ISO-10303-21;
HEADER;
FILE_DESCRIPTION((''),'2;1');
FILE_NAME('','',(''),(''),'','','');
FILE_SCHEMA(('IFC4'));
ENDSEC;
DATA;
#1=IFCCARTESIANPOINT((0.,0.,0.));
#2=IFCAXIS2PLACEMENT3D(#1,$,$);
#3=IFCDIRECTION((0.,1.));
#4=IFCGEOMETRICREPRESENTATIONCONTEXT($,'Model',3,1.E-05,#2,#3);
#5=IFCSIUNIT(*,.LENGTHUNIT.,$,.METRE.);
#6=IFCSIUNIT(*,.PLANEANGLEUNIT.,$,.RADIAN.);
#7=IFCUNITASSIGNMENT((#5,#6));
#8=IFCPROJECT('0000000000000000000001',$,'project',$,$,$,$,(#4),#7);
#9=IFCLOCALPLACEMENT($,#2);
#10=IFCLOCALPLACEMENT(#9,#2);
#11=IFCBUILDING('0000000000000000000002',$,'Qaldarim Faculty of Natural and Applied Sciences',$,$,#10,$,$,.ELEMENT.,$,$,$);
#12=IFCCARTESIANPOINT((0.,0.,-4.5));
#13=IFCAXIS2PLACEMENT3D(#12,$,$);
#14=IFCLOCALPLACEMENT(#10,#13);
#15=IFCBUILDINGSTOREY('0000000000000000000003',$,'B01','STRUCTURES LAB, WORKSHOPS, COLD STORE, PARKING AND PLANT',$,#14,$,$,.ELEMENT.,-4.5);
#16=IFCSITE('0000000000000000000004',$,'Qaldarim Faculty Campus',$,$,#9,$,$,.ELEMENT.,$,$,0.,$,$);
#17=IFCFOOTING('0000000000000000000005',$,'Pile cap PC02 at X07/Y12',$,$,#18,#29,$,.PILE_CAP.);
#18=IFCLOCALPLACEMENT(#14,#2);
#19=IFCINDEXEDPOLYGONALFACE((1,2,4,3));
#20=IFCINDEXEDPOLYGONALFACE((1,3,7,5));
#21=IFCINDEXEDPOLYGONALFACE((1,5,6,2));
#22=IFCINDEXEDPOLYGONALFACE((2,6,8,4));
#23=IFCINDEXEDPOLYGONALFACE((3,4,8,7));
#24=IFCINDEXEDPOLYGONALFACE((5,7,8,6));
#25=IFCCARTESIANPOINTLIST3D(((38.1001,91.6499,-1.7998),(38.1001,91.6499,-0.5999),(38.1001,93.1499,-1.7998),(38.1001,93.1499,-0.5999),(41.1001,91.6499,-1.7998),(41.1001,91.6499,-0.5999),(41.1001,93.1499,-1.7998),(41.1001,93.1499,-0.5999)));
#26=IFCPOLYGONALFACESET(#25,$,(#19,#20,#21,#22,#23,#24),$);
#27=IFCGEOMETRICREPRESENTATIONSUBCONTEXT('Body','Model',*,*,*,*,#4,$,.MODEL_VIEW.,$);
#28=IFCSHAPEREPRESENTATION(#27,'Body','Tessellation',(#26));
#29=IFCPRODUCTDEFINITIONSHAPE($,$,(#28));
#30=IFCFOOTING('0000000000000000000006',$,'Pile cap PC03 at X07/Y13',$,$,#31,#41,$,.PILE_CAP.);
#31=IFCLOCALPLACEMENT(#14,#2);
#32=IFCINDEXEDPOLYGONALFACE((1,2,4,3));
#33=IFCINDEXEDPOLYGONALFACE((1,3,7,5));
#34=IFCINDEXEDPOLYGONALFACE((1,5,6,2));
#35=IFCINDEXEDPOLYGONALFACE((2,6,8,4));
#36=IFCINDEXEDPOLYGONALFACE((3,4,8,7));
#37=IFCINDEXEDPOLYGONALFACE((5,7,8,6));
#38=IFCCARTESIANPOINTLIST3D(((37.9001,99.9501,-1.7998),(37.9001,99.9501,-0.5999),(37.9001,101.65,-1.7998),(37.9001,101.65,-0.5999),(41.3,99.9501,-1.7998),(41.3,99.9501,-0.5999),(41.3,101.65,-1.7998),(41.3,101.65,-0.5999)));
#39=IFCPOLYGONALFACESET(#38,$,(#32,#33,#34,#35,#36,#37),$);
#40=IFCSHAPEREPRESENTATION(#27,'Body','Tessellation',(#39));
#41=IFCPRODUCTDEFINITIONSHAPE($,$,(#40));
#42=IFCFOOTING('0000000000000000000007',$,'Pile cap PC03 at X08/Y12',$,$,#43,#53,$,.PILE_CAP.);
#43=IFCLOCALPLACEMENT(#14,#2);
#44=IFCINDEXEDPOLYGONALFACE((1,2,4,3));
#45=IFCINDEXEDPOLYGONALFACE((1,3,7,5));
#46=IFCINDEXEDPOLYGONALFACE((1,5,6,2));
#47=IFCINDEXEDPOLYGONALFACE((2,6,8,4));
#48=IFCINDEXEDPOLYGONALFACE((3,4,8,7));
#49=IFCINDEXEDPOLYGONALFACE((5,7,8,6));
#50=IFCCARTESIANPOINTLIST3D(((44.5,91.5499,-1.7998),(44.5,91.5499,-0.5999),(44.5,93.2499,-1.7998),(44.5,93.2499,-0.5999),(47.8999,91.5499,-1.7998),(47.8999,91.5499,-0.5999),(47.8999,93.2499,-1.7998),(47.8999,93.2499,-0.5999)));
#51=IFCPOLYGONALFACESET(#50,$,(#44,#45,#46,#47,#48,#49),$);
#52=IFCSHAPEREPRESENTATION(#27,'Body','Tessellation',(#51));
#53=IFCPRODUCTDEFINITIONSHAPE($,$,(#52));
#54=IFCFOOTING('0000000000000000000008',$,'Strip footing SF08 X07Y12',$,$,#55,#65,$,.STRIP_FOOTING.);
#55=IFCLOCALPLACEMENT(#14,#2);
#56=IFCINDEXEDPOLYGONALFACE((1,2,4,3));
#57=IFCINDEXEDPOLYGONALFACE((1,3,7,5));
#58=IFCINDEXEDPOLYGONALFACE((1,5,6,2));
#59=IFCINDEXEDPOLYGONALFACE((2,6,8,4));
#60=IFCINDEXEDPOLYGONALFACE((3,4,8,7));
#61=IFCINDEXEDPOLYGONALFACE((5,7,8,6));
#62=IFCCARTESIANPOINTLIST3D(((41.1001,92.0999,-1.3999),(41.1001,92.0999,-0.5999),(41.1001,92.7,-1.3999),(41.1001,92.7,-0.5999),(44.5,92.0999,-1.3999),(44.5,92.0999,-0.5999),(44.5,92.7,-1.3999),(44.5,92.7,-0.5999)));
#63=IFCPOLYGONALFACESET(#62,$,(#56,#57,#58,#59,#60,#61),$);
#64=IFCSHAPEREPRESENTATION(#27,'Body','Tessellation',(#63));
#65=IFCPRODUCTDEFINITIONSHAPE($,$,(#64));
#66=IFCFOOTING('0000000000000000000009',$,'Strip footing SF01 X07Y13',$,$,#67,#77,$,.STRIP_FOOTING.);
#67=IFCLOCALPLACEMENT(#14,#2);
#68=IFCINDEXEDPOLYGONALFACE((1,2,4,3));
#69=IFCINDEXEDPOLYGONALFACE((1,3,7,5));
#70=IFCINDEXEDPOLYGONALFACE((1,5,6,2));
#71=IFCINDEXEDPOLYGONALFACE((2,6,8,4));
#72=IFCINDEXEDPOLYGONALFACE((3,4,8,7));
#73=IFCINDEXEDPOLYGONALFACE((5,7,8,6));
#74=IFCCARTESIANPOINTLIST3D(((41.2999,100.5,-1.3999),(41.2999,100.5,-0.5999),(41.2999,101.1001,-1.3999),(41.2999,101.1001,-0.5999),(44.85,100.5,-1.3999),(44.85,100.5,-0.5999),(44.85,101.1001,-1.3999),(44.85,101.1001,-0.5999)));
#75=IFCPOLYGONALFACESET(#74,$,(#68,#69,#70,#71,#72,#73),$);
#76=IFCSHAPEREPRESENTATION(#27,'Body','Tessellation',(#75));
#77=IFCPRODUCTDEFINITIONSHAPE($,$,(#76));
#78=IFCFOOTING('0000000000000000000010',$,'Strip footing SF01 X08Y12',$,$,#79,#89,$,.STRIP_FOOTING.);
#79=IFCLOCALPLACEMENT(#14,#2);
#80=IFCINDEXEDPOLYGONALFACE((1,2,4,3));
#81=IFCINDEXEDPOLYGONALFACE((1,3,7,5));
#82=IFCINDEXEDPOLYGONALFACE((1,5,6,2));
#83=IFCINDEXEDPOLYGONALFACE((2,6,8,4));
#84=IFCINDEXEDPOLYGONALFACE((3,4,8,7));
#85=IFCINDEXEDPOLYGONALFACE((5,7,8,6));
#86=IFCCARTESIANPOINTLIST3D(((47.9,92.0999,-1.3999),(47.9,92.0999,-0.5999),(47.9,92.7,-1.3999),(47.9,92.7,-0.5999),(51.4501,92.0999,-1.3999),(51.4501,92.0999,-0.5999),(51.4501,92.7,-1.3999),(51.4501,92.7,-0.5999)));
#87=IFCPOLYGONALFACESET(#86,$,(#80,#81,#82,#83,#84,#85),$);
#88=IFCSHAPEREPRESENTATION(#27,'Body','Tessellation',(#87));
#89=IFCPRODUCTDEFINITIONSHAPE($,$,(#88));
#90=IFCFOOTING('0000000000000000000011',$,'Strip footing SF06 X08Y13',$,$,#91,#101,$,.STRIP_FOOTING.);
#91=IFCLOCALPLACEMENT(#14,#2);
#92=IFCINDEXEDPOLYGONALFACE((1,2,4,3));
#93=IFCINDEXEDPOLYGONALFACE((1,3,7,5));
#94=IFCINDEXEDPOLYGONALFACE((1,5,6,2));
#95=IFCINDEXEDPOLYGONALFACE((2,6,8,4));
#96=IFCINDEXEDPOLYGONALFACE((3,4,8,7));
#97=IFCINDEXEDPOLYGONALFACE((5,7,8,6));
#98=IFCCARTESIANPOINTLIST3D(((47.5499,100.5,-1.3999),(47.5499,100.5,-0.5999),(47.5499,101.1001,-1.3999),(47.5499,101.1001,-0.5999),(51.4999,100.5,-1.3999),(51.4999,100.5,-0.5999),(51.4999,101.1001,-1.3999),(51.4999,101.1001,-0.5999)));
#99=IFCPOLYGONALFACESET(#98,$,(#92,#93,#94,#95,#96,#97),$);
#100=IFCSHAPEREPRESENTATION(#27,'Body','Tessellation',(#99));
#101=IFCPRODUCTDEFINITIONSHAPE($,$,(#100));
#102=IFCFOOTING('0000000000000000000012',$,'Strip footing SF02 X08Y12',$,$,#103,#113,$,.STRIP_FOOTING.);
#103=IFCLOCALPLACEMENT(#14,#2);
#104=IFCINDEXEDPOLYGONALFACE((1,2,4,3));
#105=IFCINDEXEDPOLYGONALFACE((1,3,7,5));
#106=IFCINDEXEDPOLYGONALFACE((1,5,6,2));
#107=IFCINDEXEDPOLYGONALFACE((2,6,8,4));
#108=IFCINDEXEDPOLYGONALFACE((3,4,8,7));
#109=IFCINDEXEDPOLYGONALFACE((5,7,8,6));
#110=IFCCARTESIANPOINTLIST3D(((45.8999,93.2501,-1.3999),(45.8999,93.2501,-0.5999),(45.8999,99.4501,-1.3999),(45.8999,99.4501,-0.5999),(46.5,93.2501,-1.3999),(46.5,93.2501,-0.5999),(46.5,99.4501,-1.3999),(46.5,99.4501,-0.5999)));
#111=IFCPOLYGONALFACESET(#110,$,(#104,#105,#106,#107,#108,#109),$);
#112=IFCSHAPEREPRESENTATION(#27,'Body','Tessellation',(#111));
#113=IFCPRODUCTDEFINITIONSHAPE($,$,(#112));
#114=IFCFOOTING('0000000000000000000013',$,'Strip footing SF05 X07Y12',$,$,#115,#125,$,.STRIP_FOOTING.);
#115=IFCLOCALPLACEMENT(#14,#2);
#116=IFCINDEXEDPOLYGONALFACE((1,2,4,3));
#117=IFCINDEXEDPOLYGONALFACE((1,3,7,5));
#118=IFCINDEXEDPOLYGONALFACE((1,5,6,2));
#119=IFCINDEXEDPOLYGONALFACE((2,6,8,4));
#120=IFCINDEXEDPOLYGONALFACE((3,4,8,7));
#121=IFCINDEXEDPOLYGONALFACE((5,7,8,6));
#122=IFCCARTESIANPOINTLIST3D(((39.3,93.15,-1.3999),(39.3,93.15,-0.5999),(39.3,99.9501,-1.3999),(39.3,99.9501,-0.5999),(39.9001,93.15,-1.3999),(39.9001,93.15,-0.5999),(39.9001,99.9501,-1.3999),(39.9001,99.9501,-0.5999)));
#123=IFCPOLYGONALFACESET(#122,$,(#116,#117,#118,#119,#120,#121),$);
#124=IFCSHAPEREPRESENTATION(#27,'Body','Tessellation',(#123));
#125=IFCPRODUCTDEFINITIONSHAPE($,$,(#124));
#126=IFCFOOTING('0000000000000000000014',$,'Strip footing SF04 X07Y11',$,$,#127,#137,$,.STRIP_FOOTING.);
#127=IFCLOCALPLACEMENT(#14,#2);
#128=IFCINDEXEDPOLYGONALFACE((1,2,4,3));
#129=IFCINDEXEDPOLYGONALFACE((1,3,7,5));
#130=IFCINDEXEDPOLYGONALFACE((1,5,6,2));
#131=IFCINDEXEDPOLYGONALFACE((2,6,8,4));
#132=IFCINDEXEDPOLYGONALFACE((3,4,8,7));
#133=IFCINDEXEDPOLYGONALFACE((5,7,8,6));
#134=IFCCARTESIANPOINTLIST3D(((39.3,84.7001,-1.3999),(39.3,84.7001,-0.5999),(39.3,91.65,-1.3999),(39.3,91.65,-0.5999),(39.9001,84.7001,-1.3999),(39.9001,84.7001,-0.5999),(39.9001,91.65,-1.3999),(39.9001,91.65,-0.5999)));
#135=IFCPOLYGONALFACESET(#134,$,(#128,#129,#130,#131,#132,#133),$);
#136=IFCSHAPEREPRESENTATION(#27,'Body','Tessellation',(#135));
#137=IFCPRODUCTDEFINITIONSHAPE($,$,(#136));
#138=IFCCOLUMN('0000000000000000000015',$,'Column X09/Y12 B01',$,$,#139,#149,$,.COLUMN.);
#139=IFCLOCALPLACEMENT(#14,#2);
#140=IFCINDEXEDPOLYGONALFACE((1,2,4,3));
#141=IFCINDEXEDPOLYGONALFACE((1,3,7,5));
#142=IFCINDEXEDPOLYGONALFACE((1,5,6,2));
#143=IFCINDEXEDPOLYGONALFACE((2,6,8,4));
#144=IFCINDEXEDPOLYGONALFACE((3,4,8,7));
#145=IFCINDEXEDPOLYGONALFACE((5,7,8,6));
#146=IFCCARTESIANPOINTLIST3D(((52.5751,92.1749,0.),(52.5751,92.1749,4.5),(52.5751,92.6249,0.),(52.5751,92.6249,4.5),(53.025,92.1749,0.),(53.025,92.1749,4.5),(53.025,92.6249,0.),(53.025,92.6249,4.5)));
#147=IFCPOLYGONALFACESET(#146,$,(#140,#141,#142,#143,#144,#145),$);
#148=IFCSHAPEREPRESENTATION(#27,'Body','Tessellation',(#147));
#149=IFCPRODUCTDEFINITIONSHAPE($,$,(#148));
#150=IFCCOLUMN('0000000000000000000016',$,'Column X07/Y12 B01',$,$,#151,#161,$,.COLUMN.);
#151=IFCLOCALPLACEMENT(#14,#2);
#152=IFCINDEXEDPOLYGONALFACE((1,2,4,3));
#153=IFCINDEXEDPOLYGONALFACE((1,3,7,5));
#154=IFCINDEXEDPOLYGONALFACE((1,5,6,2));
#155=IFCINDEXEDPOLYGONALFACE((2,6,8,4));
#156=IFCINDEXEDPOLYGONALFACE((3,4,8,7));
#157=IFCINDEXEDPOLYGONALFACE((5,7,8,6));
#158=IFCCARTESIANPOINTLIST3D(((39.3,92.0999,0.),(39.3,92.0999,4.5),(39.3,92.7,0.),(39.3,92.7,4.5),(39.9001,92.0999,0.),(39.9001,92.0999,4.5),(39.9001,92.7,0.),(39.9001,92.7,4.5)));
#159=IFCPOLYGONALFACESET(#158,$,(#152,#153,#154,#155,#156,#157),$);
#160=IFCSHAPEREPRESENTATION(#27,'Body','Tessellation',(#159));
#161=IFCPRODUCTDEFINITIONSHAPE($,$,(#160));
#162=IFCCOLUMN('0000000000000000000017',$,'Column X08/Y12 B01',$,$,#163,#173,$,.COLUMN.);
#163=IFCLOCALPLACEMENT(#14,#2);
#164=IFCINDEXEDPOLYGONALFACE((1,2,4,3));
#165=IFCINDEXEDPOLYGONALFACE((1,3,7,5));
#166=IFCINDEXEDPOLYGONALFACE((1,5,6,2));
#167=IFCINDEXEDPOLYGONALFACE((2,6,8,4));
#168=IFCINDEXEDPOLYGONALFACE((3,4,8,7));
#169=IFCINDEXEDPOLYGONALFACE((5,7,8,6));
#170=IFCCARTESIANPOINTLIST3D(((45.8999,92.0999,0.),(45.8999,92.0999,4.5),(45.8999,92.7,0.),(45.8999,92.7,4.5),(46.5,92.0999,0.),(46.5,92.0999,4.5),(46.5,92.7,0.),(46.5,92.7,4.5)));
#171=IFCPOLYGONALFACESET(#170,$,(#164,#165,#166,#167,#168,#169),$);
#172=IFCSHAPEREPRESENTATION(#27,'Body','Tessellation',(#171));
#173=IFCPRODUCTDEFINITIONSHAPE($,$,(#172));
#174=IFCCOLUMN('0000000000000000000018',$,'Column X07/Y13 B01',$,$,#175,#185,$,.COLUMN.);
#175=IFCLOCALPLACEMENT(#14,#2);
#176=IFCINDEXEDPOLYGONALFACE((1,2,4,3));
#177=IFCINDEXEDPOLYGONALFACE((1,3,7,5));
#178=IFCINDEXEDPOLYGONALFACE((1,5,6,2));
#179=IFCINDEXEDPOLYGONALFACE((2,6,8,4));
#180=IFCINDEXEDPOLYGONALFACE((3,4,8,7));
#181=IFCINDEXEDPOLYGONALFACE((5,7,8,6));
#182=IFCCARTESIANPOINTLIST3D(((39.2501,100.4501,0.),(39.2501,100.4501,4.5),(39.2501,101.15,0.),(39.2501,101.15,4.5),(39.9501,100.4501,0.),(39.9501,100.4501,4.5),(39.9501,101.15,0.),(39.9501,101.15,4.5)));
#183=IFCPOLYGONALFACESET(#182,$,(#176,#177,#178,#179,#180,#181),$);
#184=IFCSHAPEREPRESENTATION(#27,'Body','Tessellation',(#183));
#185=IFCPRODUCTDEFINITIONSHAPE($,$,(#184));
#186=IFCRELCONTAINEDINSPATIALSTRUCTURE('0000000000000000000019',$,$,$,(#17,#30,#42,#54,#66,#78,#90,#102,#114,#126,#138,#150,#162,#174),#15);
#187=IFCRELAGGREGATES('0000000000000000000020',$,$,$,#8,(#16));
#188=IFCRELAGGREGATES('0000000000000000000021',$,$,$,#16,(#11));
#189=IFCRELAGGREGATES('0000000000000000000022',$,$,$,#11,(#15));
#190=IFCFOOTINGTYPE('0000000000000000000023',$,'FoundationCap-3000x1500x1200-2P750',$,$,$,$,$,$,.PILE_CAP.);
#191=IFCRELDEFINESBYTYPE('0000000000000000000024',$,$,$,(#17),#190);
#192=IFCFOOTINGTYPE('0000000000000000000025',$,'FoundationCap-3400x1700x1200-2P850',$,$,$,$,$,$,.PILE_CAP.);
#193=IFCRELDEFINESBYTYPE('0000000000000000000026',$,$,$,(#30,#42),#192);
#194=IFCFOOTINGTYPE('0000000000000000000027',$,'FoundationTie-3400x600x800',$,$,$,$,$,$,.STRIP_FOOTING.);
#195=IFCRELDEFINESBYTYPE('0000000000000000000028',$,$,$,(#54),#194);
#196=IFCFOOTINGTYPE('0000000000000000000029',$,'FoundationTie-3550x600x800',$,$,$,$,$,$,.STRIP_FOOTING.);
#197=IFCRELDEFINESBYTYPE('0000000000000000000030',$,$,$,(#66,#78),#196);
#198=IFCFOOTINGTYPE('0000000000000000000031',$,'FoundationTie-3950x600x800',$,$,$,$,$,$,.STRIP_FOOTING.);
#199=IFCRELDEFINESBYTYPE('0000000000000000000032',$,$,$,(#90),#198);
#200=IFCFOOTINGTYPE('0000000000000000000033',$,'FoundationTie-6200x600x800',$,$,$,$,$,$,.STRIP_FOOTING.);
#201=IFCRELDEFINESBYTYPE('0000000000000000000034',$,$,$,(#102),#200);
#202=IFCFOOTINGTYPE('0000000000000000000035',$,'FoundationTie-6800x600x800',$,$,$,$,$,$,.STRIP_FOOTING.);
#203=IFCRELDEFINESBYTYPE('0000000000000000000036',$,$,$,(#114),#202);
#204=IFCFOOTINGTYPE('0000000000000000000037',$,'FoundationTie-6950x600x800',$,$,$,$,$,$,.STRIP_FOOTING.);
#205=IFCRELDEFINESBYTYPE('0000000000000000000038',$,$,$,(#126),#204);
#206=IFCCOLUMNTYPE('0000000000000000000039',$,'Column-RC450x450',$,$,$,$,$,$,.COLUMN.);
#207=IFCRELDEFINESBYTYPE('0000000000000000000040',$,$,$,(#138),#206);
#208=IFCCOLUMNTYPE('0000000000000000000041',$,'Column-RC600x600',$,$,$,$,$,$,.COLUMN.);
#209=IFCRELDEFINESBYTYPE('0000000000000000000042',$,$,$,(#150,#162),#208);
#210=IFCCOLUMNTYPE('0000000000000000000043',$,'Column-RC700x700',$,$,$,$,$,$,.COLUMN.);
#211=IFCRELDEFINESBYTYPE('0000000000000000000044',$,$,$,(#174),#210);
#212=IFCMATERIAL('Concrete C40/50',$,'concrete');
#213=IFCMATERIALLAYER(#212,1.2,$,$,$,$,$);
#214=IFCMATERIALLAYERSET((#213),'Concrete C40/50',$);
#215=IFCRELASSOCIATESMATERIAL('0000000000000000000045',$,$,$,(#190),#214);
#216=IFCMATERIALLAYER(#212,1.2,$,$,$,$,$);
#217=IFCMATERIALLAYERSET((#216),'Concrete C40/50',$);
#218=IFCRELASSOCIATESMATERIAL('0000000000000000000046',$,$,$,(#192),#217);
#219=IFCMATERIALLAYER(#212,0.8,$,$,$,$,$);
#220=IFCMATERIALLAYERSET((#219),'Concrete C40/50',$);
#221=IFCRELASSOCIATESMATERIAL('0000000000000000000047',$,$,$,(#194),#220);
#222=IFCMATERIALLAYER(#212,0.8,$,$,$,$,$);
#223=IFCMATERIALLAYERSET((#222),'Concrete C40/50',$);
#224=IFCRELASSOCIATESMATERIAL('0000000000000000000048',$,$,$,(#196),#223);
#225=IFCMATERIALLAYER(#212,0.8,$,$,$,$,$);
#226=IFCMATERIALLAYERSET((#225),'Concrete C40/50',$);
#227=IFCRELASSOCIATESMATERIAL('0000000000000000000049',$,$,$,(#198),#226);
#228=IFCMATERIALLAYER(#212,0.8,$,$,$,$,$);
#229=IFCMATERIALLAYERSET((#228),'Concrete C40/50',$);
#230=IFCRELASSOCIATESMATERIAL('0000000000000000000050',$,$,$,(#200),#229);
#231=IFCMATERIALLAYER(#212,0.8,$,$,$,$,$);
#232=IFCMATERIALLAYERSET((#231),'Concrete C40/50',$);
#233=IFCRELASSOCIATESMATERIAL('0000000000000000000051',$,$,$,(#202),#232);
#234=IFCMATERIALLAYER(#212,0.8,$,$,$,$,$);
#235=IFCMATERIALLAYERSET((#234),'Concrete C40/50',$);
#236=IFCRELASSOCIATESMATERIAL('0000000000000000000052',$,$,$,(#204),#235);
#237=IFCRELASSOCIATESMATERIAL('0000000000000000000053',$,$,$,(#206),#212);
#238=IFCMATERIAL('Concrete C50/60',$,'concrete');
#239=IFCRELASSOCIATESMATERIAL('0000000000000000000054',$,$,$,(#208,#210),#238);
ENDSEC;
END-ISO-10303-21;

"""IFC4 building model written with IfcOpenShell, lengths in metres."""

from ifc_helpers import new_model, si_unit, direction, frame, origin, origin_2d, place, context, subcontext, project, spatial, rectangle, extrude, material, layer, layer_set, material_profile, profile_set, type_object, element, save


model = new_model("IFC4")

# Units and contexts
model_context = context("Model", 3, precision=1e-05, world=origin(), true_north=direction((0.0, 1.0)))
body_context = subcontext(model_context, "Body", "Model", "MODEL_VIEW")
ifc_project = project(units=[si_unit("LENGTHUNIT", "METRE"), si_unit("PLANEANGLEUNIT", "RADIAN")], contexts=[model_context])

# Site, building, storey
site_placement = place(None, origin())
site = spatial("IfcSite", under=ifc_project, at=site_placement, Name="Qaldarim Faculty Campus", CompositionType="ELEMENT", RefElevation=0.0)
building_placement = place(site_placement, origin())
building = spatial("IfcBuilding", under=site, at=building_placement, Name="Qaldarim Faculty of Natural and Applied Sciences", CompositionType="ELEMENT")
storey_placement = place(building_placement, frame((0.0, 0.0, -4.5)))
storey = spatial("IfcBuildingStorey", under=building, at=storey_placement, Name="B01", Description="STRUCTURES LAB, WORKSHOPS, COLD STORE, PARKING AND PLANT", CompositionType="ELEMENT", Elevation=-4.5)

# Shared definitions
ifc_material_1 = material(Name="Concrete C40/50", Category="concrete")

# Footings
ifc_layer_1 = layer(ifc_material_1, 1.2)
ifc_layer_set_1 = layer_set([ifc_layer_1], Name="Concrete C40/50")
footing_type_1 = type_object("IfcFootingType", Name="FoundationCap-3000x1500x1200-2P750", PredefinedType="PILE_CAP", material=ifc_layer_set_1)
footing_1_placement = place(storey_placement, frame((39.6001, 92.3999, -1.7998), z_axis=(0.0, 0.0, 1.0), x_axis=(1.0, 0.0, 0.0)))
element("IfcFooting", 1, at=footing_1_placement, inside=storey, type_object=footing_type_1, Name="Pile cap PC02 at X07/Y12", PredefinedType="PILE_CAP", context=body_context, shape_type="SweptSolid", body=[
    extrude(rectangle(XDim=3.0, YDim=1.5, at=origin_2d()), origin(), (0.0, 0.0, 1.0), 1.2),
])
ifc_layer_2 = layer(ifc_material_1, 1.2)
ifc_layer_set_2 = layer_set([ifc_layer_2], Name="Concrete C40/50")
footing_type_2 = type_object("IfcFootingType", Name="FoundationCap-3400x1700x1200-2P850", PredefinedType="PILE_CAP", material=ifc_layer_set_2)
for number, where, z_axis, x_axis, name in (
    (2, (39.6001, 100.8, -1.7998), (0.0, 0.0, 1.0), (1.0, 0.0, 0.0), "Pile cap PC03 at X07/Y13"),
    (3, (46.2, 92.3999, -1.7998), (0.0, 0.0, 1.0), (1.0, 0.0, 0.0), "Pile cap PC03 at X08/Y12"),
):
    element("IfcFooting", number, at=place(storey_placement, frame(where, z_axis=z_axis, x_axis=x_axis)), inside=storey, type_object=footing_type_2, Name=name, PredefinedType="PILE_CAP", context=body_context, shape_type="SweptSolid", body=[
        extrude(rectangle(XDim=3.3999, YDim=1.7, at=origin_2d()), origin(), (0.0, 0.0, 1.0), 1.2),
    ])
ifc_layer_3 = layer(ifc_material_1, 0.8)
ifc_layer_set_3 = layer_set([ifc_layer_3], Name="Concrete C40/50")
footing_type_3 = type_object("IfcFootingType", Name="FoundationTie-3400x600x800", PredefinedType="STRIP_FOOTING", material=ifc_layer_set_3)
footing_2_placement = place(storey_placement, frame((42.8, 92.3999, -1.3999), z_axis=(0.0, 0.0, 1.0), x_axis=(1.0, 0.0, 0.0)))
element("IfcFooting", 4, at=footing_2_placement, inside=storey, type_object=footing_type_3, Name="Strip footing SF08 X07Y12", PredefinedType="STRIP_FOOTING", context=body_context, shape_type="SweptSolid", body=[
    extrude(rectangle(XDim=3.3999, YDim=0.6001, at=origin_2d()), origin(), (0.0, 0.0, 1.0), 0.8),
])
ifc_layer_4 = layer(ifc_material_1, 0.8)
ifc_layer_set_4 = layer_set([ifc_layer_4], Name="Concrete C40/50")
footing_type_4 = type_object("IfcFootingType", Name="FoundationTie-3550x600x800", PredefinedType="STRIP_FOOTING", material=ifc_layer_set_4)
for number, where, z_axis, x_axis, name in (
    (5, (43.075, 100.8, -1.3999), (0.0, 0.0, 1.0), (1.0, 0.0, 0.0), "Strip footing SF01 X07Y13"),
    (6, (49.675, 92.3999, -1.3999), (0.0, 0.0, 1.0), (1.0, 0.0, 0.0), "Strip footing SF01 X08Y12"),
):
    element("IfcFooting", number, at=place(storey_placement, frame(where, z_axis=z_axis, x_axis=x_axis)), inside=storey, type_object=footing_type_4, Name=name, PredefinedType="STRIP_FOOTING", context=body_context, shape_type="SweptSolid", body=[
        extrude(rectangle(XDim=3.55, YDim=0.6001, at=origin_2d()), origin(), (0.0, 0.0, 1.0), 0.8),
    ])
ifc_layer_5 = layer(ifc_material_1, 0.8)
ifc_layer_set_5 = layer_set([ifc_layer_5], Name="Concrete C40/50")
footing_type_5 = type_object("IfcFootingType", Name="FoundationTie-3950x600x800", PredefinedType="STRIP_FOOTING", material=ifc_layer_set_5)
footing_3_placement = place(storey_placement, frame((49.5249, 100.8, -1.3999), z_axis=(0.0, 0.0, 1.0), x_axis=(1.0, 0.0, 0.0)))
element("IfcFooting", 7, at=footing_3_placement, inside=storey, type_object=footing_type_5, Name="Strip footing SF06 X08Y13", PredefinedType="STRIP_FOOTING", context=body_context, shape_type="SweptSolid", body=[
    extrude(rectangle(XDim=3.95, YDim=0.6001, at=origin_2d()), origin(), (0.0, 0.0, 1.0), 0.8),
])
ifc_layer_6 = layer(ifc_material_1, 0.8)
ifc_layer_set_6 = layer_set([ifc_layer_6], Name="Concrete C40/50")
footing_type_6 = type_object("IfcFootingType", Name="FoundationTie-6200x600x800", PredefinedType="STRIP_FOOTING", material=ifc_layer_set_6)
footing_4_placement = place(storey_placement, frame((46.2, 96.3501, -1.3999), z_axis=(0.0, 0.0, 1.0), x_axis=(0.0, 1.0, 0.0)))
element("IfcFooting", 8, at=footing_4_placement, inside=storey, type_object=footing_type_6, Name="Strip footing SF02 X08Y12", PredefinedType="STRIP_FOOTING", context=body_context, shape_type="SweptSolid", body=[
    extrude(rectangle(XDim=6.2, YDim=0.6001, at=origin_2d()), origin(), (0.0, 0.0, 1.0), 0.8),
])
ifc_layer_7 = layer(ifc_material_1, 0.8)
ifc_layer_set_7 = layer_set([ifc_layer_7], Name="Concrete C40/50")
footing_type_7 = type_object("IfcFootingType", Name="FoundationTie-6800x600x800", PredefinedType="STRIP_FOOTING", material=ifc_layer_set_7)
footing_5_placement = place(storey_placement, frame((39.6001, 96.55, -1.3999), z_axis=(0.0, 0.0, 1.0), x_axis=(0.0, 1.0, 0.0)))
element("IfcFooting", 9, at=footing_5_placement, inside=storey, type_object=footing_type_7, Name="Strip footing SF05 X07Y12", PredefinedType="STRIP_FOOTING", context=body_context, shape_type="SweptSolid", body=[
    extrude(rectangle(XDim=6.8, YDim=0.6001, at=origin_2d()), origin(), (0.0, 0.0, 1.0), 0.8),
])
ifc_layer_8 = layer(ifc_material_1, 0.8)
ifc_layer_set_8 = layer_set([ifc_layer_8], Name="Concrete C40/50")
footing_type_8 = type_object("IfcFootingType", Name="FoundationTie-6950x600x800", PredefinedType="STRIP_FOOTING", material=ifc_layer_set_8)
footing_6_placement = place(storey_placement, frame((39.6001, 88.175, -1.3999), z_axis=(0.0, 0.0, 1.0), x_axis=(0.0, 1.0, 0.0)))
element("IfcFooting", 10, at=footing_6_placement, inside=storey, type_object=footing_type_8, Name="Strip footing SF04 X07Y11", PredefinedType="STRIP_FOOTING", context=body_context, shape_type="SweptSolid", body=[
    extrude(rectangle(XDim=6.95, YDim=0.6001, at=origin_2d()), origin(), (0.0, 0.0, 1.0), 0.8),
])

# Columns
ifc_material_profile_1 = material_profile(ifc_material_1, rectangle(XDim=0.45, YDim=0.45, at=origin_2d()), Name="RC-C450x450")
ifc_profile_set_1 = profile_set([ifc_material_profile_1], Name="Concrete C40/50")
column_type_1 = type_object("IfcColumnType", Name="Column-RC450x450", PredefinedType="COLUMN", material=ifc_profile_set_1)
column_placement = place(storey_placement, frame((52.8, 92.3999, 0.0), z_axis=(0.0, 0.0, 1.0), x_axis=(1.0, 0.0, 0.0)))
element("IfcColumn", 11, at=column_placement, inside=storey, type_object=column_type_1, Name="Column X09/Y12 B01", PredefinedType="COLUMN", context=body_context, shape_type="SweptSolid", body=[
    extrude(rectangle(XDim=0.45, YDim=0.45, at=origin_2d()), origin(), (0.0, 0.0, 1.0), 4.5),
])
ifc_material_2 = material(Name="Concrete C50/60", Category="concrete")
ifc_material_profile_2 = material_profile(ifc_material_2, rectangle(XDim=0.6001, YDim=0.6001, at=origin_2d()), Name="RC-C600x600")
ifc_profile_set_2 = profile_set([ifc_material_profile_2], Name="Concrete C50/60")
column_type_2 = type_object("IfcColumnType", Name="Column-RC600x600", PredefinedType="COLUMN", material=ifc_profile_set_2)
for number, where, z_axis, x_axis, name in (
    (12, (39.6001, 92.3999, 0.0), (0.0, 0.0, 1.0), (1.0, 0.0, 0.0), "Column X07/Y12 B01"),
    (13, (46.2, 92.3999, 0.0), (0.0, 0.0, 1.0), (1.0, 0.0, 0.0), "Column X08/Y12 B01"),
):
    element("IfcColumn", number, at=place(storey_placement, frame(where, z_axis=z_axis, x_axis=x_axis)), inside=storey, type_object=column_type_2, Name=name, PredefinedType="COLUMN", context=body_context, shape_type="SweptSolid", body=[
        extrude(rectangle(XDim=0.6001, YDim=0.6001, at=origin_2d()), origin(), (0.0, 0.0, 1.0), 4.5),
    ])
ifc_material_profile_3 = material_profile(ifc_material_2, rectangle(XDim=0.7, YDim=0.7, at=origin_2d()), Name="RC-C700x700")
ifc_profile_set_3 = profile_set([ifc_material_profile_3], Name="Concrete C50/60")
column_type_3 = type_object("IfcColumnType", Name="Column-RC700x700", PredefinedType="COLUMN", material=ifc_profile_set_3)
for number, where, z_axis, x_axis, name in (
    (14, (39.6001, 100.8, 0.0), (0.0, 0.0, 1.0), (1.0, 0.0, 0.0), "Column X07/Y13 B01"),
):
    element("IfcColumn", number, at=place(storey_placement, frame(where, z_axis=z_axis, x_axis=x_axis)), inside=storey, type_object=column_type_3, Name=name, PredefinedType="COLUMN", context=body_context, shape_type="SweptSolid", body=[
        extrude(rectangle(XDim=0.7, YDim=0.7, at=origin_2d()), origin(), (0.0, 0.0, 1.0), 4.5),
    ])

save(model, "model.ifc")
